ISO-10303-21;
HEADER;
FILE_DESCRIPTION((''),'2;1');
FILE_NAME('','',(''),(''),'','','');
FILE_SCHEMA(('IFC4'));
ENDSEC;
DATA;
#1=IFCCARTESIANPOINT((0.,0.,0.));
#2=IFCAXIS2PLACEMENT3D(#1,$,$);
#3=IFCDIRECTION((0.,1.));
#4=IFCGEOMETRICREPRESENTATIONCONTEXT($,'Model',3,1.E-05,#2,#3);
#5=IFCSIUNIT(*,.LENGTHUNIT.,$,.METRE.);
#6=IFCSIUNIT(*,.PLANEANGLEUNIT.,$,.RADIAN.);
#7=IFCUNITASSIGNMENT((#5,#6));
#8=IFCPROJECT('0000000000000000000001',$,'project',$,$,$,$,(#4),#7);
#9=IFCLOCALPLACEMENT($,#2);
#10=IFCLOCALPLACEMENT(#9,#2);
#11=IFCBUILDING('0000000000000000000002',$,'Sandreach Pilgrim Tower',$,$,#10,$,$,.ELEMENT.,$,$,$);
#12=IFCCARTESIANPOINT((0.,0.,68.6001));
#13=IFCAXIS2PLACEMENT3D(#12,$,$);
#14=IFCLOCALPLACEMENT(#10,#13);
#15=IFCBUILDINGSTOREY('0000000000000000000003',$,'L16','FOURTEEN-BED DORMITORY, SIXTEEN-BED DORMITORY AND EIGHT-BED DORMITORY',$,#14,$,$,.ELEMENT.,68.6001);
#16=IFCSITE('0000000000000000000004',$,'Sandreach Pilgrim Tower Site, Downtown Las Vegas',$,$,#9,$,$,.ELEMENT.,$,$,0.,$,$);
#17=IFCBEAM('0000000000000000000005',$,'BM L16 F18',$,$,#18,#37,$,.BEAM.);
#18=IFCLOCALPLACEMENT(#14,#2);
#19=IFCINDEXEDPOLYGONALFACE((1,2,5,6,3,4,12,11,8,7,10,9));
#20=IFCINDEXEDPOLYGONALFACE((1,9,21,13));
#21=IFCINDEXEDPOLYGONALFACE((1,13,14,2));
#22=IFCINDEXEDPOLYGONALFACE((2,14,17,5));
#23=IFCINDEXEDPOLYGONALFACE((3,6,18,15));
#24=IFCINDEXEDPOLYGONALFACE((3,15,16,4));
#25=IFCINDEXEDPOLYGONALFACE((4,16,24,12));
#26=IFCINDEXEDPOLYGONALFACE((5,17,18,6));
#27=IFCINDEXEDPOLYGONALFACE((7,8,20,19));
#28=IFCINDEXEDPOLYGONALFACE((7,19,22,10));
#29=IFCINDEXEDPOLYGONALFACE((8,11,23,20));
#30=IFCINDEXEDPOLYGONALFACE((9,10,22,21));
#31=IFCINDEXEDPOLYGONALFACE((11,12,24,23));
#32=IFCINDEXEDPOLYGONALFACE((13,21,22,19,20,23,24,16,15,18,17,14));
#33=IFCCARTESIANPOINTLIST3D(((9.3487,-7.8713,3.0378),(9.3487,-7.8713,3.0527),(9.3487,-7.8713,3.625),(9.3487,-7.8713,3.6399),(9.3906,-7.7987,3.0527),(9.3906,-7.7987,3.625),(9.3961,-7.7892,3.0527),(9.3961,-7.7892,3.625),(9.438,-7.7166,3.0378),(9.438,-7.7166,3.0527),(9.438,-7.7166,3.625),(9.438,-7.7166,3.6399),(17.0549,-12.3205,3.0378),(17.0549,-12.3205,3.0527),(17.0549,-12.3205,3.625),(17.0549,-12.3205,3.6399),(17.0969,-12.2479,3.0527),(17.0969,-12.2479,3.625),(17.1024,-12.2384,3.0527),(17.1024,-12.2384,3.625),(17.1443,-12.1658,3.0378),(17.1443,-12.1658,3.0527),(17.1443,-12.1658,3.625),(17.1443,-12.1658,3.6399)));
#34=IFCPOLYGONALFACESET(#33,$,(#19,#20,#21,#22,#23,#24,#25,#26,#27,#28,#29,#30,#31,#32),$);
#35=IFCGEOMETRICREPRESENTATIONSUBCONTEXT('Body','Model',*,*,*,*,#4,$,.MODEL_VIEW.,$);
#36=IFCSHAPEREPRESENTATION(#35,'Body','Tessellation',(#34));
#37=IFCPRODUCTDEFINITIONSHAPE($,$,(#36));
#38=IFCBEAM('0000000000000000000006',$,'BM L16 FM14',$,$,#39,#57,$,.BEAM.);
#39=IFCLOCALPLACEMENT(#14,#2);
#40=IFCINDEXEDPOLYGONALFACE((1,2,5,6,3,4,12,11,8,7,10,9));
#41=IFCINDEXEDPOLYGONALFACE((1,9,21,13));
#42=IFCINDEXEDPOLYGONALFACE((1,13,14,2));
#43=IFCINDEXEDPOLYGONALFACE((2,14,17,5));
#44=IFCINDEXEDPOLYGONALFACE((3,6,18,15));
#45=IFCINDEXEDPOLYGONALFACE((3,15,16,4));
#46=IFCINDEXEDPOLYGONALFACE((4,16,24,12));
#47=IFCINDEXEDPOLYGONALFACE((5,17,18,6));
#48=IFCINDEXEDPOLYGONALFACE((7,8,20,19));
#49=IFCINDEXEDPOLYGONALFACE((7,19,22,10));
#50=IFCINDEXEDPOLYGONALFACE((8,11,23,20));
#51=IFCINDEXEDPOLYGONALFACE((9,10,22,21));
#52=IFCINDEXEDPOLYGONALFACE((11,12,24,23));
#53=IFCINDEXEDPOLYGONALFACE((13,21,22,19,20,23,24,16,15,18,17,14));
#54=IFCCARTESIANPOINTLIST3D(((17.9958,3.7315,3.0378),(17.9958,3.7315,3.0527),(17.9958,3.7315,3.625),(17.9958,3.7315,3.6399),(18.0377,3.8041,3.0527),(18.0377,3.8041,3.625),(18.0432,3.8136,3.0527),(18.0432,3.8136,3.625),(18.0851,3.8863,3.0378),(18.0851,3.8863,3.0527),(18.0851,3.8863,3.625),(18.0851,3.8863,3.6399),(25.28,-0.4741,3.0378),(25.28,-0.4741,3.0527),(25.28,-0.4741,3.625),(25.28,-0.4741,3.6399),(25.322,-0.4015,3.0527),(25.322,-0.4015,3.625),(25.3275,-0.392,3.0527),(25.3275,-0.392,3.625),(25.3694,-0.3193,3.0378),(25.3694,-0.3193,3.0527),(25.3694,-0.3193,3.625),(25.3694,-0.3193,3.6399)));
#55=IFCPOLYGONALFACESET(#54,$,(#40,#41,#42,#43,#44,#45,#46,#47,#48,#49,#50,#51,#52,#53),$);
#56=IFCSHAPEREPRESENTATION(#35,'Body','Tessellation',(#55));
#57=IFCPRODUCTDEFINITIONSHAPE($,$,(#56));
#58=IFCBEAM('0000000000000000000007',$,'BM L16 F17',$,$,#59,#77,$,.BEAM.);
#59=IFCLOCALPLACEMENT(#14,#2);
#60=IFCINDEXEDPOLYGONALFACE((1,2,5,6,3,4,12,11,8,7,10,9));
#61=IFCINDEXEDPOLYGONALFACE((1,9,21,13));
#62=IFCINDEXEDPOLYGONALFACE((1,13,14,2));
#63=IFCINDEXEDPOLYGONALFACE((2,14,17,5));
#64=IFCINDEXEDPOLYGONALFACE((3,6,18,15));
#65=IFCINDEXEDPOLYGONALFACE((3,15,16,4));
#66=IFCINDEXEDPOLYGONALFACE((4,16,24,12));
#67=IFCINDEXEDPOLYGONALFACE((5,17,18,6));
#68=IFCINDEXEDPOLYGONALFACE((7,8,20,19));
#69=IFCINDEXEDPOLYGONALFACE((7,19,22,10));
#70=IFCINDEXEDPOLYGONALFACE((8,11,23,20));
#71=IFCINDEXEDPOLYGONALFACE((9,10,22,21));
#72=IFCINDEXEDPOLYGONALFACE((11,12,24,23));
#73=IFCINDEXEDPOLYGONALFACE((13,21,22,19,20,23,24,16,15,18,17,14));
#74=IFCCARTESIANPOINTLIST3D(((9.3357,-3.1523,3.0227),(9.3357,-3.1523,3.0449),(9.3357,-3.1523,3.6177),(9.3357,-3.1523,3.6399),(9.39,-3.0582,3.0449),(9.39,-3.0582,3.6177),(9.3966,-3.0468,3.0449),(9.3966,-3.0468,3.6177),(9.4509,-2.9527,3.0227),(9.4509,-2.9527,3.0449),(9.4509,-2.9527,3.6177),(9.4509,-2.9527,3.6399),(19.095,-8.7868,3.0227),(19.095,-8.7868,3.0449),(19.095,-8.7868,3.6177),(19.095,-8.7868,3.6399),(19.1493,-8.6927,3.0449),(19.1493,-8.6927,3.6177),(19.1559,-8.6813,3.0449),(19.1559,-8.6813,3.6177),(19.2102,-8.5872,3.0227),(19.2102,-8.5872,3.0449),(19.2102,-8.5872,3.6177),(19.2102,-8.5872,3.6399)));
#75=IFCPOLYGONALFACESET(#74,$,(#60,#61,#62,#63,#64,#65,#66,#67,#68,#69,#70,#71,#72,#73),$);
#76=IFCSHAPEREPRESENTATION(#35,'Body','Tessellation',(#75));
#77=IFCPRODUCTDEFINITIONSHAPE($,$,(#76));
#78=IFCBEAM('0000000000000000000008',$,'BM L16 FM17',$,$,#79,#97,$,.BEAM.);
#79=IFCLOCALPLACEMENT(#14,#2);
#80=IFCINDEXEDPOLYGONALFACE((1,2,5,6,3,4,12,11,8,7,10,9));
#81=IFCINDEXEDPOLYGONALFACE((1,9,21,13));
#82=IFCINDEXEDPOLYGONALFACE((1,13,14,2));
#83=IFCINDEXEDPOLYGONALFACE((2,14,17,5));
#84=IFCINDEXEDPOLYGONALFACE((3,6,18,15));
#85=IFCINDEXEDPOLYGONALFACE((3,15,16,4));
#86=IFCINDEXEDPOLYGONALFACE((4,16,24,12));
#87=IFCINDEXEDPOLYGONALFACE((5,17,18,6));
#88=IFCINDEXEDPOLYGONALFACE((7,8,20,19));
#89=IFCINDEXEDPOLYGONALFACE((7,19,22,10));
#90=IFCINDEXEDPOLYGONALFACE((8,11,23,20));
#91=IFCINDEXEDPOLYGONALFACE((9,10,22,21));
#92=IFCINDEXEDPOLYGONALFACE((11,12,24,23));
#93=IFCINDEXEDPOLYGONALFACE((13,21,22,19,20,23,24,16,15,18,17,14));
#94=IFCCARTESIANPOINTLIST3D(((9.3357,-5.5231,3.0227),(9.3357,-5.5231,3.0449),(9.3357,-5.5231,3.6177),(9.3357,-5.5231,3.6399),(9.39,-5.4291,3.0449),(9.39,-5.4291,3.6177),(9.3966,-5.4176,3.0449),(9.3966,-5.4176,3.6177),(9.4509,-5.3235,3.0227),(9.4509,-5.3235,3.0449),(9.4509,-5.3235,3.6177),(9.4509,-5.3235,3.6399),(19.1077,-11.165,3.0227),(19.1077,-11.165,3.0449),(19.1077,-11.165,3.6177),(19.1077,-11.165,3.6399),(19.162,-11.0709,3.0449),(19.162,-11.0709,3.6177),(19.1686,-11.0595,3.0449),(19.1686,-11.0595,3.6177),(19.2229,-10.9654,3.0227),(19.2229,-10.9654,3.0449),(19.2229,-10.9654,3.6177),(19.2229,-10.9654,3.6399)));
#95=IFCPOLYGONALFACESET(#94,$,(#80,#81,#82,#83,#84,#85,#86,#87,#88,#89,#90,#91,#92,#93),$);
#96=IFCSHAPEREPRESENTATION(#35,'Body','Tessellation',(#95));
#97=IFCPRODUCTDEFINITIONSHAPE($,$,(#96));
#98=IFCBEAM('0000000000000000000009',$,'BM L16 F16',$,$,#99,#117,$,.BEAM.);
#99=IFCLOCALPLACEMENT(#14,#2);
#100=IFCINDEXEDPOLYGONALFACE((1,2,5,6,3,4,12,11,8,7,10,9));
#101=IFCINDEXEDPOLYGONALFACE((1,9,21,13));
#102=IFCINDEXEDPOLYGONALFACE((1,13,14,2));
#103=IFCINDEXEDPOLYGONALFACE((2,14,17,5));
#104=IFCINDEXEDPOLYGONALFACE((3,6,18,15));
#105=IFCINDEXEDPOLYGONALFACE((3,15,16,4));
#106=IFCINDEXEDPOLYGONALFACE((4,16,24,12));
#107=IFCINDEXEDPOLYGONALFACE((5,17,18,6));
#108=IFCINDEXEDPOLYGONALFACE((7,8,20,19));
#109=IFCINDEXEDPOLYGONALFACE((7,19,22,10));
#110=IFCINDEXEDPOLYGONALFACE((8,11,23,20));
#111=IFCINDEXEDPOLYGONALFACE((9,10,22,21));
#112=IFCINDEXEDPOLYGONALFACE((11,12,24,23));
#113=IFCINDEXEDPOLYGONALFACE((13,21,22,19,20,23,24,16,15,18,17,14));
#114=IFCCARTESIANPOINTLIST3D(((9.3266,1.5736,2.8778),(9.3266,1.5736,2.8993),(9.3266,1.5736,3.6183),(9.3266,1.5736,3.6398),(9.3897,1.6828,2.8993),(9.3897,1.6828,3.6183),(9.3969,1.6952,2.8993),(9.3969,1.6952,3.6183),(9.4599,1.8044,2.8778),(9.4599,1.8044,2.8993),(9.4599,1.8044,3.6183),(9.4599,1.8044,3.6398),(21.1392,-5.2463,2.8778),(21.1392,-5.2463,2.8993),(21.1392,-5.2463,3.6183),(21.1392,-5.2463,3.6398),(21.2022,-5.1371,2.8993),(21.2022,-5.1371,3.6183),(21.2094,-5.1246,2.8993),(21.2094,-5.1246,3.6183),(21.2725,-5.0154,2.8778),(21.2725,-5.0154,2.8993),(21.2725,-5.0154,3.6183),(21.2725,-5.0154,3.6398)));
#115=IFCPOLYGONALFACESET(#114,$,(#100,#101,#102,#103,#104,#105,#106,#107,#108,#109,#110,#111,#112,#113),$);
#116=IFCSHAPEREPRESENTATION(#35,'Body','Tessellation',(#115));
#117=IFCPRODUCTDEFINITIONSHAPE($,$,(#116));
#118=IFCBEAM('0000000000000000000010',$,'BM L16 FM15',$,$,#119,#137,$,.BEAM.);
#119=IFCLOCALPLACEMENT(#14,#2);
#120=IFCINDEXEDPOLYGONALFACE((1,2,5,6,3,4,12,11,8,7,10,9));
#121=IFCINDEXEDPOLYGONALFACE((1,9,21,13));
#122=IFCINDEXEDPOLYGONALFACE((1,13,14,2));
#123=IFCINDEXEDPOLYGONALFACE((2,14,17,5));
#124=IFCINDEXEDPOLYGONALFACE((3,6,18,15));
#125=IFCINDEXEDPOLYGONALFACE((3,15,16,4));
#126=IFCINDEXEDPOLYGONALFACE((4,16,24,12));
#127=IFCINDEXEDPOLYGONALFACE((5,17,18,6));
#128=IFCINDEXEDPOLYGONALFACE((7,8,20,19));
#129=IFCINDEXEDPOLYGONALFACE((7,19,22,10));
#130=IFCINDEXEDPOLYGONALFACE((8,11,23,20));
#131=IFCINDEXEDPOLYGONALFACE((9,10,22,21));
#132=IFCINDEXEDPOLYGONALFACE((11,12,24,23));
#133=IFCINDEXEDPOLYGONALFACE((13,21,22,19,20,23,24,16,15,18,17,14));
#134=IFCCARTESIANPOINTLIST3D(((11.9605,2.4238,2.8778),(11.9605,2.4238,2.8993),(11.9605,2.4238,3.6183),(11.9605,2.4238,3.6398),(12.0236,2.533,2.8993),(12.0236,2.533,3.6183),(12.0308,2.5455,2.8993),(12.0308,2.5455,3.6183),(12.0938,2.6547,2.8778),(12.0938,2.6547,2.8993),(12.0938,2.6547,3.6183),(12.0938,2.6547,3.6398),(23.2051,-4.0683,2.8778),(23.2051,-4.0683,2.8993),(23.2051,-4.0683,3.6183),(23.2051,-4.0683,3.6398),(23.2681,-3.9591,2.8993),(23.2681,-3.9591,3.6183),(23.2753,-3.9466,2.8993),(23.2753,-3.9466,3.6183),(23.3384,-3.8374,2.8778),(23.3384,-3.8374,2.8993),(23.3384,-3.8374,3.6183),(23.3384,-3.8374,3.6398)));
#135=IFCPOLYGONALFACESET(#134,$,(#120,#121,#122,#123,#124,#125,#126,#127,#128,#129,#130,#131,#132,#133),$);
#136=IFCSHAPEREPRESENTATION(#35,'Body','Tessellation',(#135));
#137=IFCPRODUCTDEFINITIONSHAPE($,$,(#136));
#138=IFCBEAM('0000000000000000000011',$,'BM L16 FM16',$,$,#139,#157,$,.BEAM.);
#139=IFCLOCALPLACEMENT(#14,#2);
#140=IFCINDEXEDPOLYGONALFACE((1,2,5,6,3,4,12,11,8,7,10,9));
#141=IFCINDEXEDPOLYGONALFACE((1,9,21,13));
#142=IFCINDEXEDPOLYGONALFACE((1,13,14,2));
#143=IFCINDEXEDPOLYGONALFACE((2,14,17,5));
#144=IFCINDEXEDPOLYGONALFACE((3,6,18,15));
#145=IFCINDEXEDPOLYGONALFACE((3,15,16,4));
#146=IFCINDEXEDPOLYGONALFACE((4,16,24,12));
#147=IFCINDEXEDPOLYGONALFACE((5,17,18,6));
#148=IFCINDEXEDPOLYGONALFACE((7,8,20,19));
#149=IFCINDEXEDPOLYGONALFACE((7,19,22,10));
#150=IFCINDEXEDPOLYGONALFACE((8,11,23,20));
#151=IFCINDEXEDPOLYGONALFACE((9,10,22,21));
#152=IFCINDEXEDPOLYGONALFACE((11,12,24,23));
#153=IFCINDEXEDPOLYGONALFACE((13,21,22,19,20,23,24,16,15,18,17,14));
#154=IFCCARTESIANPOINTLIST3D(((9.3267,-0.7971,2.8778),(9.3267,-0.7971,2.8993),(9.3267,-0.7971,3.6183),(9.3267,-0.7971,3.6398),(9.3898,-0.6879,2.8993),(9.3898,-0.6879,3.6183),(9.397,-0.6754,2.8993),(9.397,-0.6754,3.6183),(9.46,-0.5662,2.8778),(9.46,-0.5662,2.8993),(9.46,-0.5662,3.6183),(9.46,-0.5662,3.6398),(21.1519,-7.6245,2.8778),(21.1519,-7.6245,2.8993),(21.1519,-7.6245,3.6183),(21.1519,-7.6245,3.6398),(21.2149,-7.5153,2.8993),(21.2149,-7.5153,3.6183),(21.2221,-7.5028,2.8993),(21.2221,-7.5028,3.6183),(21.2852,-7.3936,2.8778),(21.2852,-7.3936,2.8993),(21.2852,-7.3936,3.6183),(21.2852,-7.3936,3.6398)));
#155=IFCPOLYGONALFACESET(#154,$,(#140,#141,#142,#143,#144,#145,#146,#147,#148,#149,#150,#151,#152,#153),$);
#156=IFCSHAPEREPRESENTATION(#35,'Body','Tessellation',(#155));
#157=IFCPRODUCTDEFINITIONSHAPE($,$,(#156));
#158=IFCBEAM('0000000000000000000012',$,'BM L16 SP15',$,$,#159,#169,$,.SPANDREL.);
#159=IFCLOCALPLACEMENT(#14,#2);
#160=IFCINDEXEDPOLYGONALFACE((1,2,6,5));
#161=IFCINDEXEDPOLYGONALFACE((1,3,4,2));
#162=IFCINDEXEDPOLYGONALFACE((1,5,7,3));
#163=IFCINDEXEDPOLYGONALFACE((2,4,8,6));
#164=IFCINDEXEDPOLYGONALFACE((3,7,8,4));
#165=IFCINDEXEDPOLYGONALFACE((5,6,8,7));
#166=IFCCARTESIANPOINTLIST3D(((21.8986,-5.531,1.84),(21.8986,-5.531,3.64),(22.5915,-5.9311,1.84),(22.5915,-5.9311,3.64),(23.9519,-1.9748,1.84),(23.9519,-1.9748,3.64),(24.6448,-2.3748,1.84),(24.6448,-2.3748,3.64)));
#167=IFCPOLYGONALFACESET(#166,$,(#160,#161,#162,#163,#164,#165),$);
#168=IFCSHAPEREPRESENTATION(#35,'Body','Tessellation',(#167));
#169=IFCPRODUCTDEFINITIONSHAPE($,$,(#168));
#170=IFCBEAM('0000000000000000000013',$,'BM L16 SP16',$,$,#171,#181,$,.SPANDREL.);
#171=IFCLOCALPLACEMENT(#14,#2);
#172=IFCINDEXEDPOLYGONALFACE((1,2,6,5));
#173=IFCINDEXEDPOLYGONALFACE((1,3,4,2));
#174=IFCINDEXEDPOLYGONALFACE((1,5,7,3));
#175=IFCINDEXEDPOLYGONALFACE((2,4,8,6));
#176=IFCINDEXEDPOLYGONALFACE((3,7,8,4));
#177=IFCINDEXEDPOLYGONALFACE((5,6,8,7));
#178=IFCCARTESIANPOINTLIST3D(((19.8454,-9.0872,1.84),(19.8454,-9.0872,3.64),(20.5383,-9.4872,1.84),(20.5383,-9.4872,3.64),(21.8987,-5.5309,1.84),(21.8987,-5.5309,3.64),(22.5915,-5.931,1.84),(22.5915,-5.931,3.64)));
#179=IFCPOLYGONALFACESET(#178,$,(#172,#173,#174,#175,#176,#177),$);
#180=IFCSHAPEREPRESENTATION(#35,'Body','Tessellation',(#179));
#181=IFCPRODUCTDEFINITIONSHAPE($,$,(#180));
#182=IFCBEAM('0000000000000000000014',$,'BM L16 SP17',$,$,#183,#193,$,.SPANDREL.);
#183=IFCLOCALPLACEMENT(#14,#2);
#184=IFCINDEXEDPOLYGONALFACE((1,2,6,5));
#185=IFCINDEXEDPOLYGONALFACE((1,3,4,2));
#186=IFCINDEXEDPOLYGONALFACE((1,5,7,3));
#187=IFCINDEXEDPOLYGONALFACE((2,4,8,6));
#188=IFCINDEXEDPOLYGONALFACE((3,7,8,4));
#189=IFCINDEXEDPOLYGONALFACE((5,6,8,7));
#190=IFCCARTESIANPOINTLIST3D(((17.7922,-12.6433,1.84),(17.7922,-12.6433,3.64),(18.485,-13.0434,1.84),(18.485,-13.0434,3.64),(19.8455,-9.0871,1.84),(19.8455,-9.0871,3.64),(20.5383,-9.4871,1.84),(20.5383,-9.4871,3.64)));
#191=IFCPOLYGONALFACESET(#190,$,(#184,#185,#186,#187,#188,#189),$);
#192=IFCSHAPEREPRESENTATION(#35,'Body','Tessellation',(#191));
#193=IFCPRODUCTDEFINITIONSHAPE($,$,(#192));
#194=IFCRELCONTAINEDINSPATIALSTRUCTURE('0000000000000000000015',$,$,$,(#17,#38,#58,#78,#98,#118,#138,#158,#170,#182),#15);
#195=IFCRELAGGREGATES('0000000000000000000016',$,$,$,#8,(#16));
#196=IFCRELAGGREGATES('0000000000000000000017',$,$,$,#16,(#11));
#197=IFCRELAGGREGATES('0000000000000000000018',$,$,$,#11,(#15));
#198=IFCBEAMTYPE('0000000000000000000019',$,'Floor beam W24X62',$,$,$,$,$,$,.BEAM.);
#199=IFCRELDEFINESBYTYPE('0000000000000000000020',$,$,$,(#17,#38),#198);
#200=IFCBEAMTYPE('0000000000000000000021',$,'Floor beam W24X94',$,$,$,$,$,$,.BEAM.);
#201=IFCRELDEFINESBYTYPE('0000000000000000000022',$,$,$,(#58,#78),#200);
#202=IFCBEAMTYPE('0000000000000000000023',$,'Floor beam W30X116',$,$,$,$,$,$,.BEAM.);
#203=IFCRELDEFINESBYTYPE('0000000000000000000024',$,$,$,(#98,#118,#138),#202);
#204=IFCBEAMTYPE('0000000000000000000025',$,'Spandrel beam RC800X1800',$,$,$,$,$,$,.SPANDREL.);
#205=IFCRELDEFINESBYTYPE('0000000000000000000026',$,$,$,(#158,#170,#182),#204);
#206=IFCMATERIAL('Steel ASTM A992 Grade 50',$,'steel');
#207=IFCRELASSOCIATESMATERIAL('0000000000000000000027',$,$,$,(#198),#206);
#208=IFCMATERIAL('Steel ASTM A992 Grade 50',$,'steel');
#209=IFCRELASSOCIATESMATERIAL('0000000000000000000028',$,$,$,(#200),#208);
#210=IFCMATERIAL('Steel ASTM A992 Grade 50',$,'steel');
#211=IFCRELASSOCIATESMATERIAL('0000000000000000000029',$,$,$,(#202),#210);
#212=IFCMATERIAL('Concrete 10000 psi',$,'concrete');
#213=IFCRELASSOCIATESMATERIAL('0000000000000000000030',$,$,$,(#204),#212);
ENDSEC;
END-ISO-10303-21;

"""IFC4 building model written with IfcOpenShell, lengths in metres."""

from ifc_helpers import new_model, si_unit, direction, frame, origin, origin_2d, place, context, subcontext, project, spatial, rectangle, i_section, extrude, material, material_profile, profile_set, type_object, element, save


model = new_model("IFC4")

# Units and contexts
model_context = context("Model", 3, precision=1e-05, world=origin(), true_north=direction((0.0, 1.0)))
body_context = subcontext(model_context, "Body", "Model", "MODEL_VIEW")
ifc_project = project(units=[si_unit("LENGTHUNIT", "METRE"), si_unit("PLANEANGLEUNIT", "RADIAN")], contexts=[model_context])

# Site, building, storey
site_placement = place(None, origin())
site = spatial("IfcSite", under=ifc_project, at=site_placement, Name="Sandreach Pilgrim Tower Site, Downtown Las Vegas", CompositionType="ELEMENT", RefElevation=0.0)
building_placement = place(site_placement, origin())
building = spatial("IfcBuilding", under=site, at=building_placement, Name="Sandreach Pilgrim Tower", CompositionType="ELEMENT")
storey_placement = place(building_placement, frame((0.0, 0.0, 68.6001)))
storey = spatial("IfcBuildingStorey", under=building, at=storey_placement, Name="L16", Description="FOURTEEN-BED DORMITORY, SIXTEEN-BED DORMITORY AND EIGHT-BED DORMITORY", CompositionType="ELEMENT", Elevation=68.6001)

# Beams
ifc_material_1 = material(Name="Steel ASTM A992 Grade 50", Category="steel")
ifc_material_profile_1 = material_profile(ifc_material_1, i_section(OverallWidth=0.1787, OverallDepth=0.6021, WebThickness=0.011, FlangeThickness=0.0149, at=origin_2d()), Name="W24X62")
ifc_profile_set_1 = profile_set([ifc_material_profile_1], Name="Steel ASTM A992 Grade 50")
beam_type_1 = type_object("IfcBeamType", Name="Floor beam W24X62", PredefinedType="BEAM", material=ifc_profile_set_1)
beam_1_placement = place(storey_placement, frame((17.0996, -12.2432, 3.3389), z_axis=(-0.866026, 0.499999, 0.0), x_axis=(-0.499999, -0.866026, 0.0)))
element("IfcBeam", 1, at=beam_1_placement, inside=storey, type_object=beam_type_1, Name="BM L16 F18", PredefinedType="BEAM", context=body_context, shape_type="SweptSolid", body=[
    extrude(i_section(OverallWidth=0.1787, OverallDepth=0.6021, WebThickness=0.011, FlangeThickness=0.0149, at=origin_2d()), origin(), (0.0, 0.0, 1.0), 8.8984),
])
beam_2_placement = place(storey_placement, frame((25.3247, -0.3967, 3.3389), z_axis=(-0.866023, 0.500004, 0.0), x_axis=(-0.500004, -0.866023, 0.0)))
element("IfcBeam", 2, at=beam_2_placement, inside=storey, type_object=beam_type_1, Name="BM L16 FM14", PredefinedType="BEAM", context=body_context, shape_type="SweptSolid", body=[
    extrude(i_section(OverallWidth=0.1787, OverallDepth=0.6021, WebThickness=0.011, FlangeThickness=0.0149, at=origin_2d()), origin(), (0.0, 0.0, 1.0), 8.4111),
])
ifc_material_2 = material(Name="Steel ASTM A992 Grade 50", Category="steel")
ifc_material_profile_2 = material_profile(ifc_material_2, i_section(OverallWidth=0.2305, OverallDepth=0.6172, WebThickness=0.0132, FlangeThickness=0.0222, at=origin_2d()), Name="W24X94")
ifc_profile_set_2 = profile_set([ifc_material_profile_2], Name="Steel ASTM A992 Grade 50")
beam_type_2 = type_object("IfcBeamType", Name="Floor beam W24X94", PredefinedType="BEAM", material=ifc_profile_set_2)
beam_3_placement = place(storey_placement, frame((19.1526, -8.687, 3.3313), z_axis=(-0.866025, 0.5, 0.0), x_axis=(-0.5, -0.866025, 0.0)))
element("IfcBeam", 3, at=beam_3_placement, inside=storey, type_object=beam_type_2, Name="BM L16 F17", PredefinedType="BEAM", context=body_context, shape_type="SweptSolid", body=[
    extrude(i_section(OverallWidth=0.2305, OverallDepth=0.6172, WebThickness=0.0132, FlangeThickness=0.0222, at=origin_2d()), origin(), (0.0, 0.0, 1.0), 11.269),
])
beam_4_placement = place(storey_placement, frame((19.1653, -11.0652, 3.3313), z_axis=(-0.866026, 0.5, 0.0), x_axis=(-0.5, -0.866026, 0.0)))
element("IfcBeam", 4, at=beam_4_placement, inside=storey, type_object=beam_type_2, Name="BM L16 FM17", PredefinedType="BEAM", context=body_context, shape_type="SweptSolid", body=[
    extrude(i_section(OverallWidth=0.2305, OverallDepth=0.6172, WebThickness=0.0132, FlangeThickness=0.0222, at=origin_2d()), origin(), (0.0, 0.0, 1.0), 11.2837),
])
ifc_material_3 = material(Name="Steel ASTM A992 Grade 50", Category="steel")
ifc_material_profile_3 = material_profile(ifc_material_3, i_section(OverallWidth=0.2666, OverallDepth=0.762, WebThickness=0.0144, FlangeThickness=0.0215, at=origin_2d()), Name="W30X116")
ifc_profile_set_3 = profile_set([ifc_material_profile_3], Name="Steel ASTM A992 Grade 50")
beam_type_3 = type_object("IfcBeamType", Name="Floor beam W30X116", PredefinedType="BEAM", material=ifc_profile_set_3)
beam_5_placement = place(storey_placement, frame((21.2058, -5.1309, 3.2588), z_axis=(-0.866029, 0.499993, 0.0), x_axis=(-0.499993, -0.866029, 0.0)))
element("IfcBeam", 5, at=beam_5_placement, inside=storey, type_object=beam_type_3, Name="BM L16 F16", PredefinedType="BEAM", context=body_context, shape_type="SweptSolid", body=[
    extrude(i_section(OverallWidth=0.2666, OverallDepth=0.762, WebThickness=0.0144, FlangeThickness=0.0215, at=origin_2d()), origin(), (0.0, 0.0, 1.0), 13.6399),
])
beam_6_placement = place(storey_placement, frame((23.2717, -3.9529, 3.2588), z_axis=(-0.866022, 0.500006, 0.0), x_axis=(-0.500006, -0.866022, 0.0)))
element("IfcBeam", 6, at=beam_6_placement, inside=storey, type_object=beam_type_3, Name="BM L16 FM15", PredefinedType="BEAM", context=body_context, shape_type="SweptSolid", body=[
    extrude(i_section(OverallWidth=0.2666, OverallDepth=0.762, WebThickness=0.0144, FlangeThickness=0.0215, at=origin_2d()), origin(), (0.0, 0.0, 1.0), 12.9841),
])
beam_7_placement = place(storey_placement, frame((21.2185, -7.509, 3.2588), z_axis=(-0.866022, 0.500006, 0.0), x_axis=(-0.500006, -0.866022, 0.0)))
element("IfcBeam", 7, at=beam_7_placement, inside=storey, type_object=beam_type_3, Name="BM L16 FM16", PredefinedType="BEAM", context=body_context, shape_type="SweptSolid", body=[
    extrude(i_section(OverallWidth=0.2666, OverallDepth=0.762, WebThickness=0.0144, FlangeThickness=0.0215, at=origin_2d()), origin(), (0.0, 0.0, 1.0), 13.6545),
])
ifc_material_4 = material(Name="Concrete 10000 psi", Category="concrete")
ifc_material_profile_4 = material_profile(ifc_material_4, rectangle(XDim=0.8, YDim=1.8, at=origin_2d()), Name="RC800X1800")
ifc_profile_set_4 = profile_set([ifc_material_profile_4], Name="Concrete 10000 psi")
beam_type_4 = type_object("IfcBeamType", Name="Spandrel beam RC800X1800", PredefinedType="SPANDREL", material=ifc_profile_set_4)
for number, where, z_axis, x_axis, name in (
    (8, (24.2983, -2.1748, 2.74), (-0.500014, -0.866017, 0.0), (0.866017, -0.500014, 0.0), "BM L16 SP15"),
    (9, (22.2451, -5.731, 2.74), (-0.500014, -0.866017, 0.0), (0.866017, -0.500014, 0.0), "BM L16 SP16"),
    (10, (20.1919, -9.2871, 2.74), (-0.500014, -0.866017, 0.0), (0.866017, -0.500014, 0.0), "BM L16 SP17"),
):
    element("IfcBeam", number, at=place(storey_placement, frame(where, z_axis=z_axis, x_axis=x_axis)), inside=storey, type_object=beam_type_4, Name=name, PredefinedType="SPANDREL", context=body_context, shape_type="SweptSolid", body=[
        extrude(rectangle(XDim=0.8, YDim=1.8, at=origin_2d()), origin(), (0.0, 0.0, 1.0), 4.1064),
    ])

save(model, "model.ifc")
